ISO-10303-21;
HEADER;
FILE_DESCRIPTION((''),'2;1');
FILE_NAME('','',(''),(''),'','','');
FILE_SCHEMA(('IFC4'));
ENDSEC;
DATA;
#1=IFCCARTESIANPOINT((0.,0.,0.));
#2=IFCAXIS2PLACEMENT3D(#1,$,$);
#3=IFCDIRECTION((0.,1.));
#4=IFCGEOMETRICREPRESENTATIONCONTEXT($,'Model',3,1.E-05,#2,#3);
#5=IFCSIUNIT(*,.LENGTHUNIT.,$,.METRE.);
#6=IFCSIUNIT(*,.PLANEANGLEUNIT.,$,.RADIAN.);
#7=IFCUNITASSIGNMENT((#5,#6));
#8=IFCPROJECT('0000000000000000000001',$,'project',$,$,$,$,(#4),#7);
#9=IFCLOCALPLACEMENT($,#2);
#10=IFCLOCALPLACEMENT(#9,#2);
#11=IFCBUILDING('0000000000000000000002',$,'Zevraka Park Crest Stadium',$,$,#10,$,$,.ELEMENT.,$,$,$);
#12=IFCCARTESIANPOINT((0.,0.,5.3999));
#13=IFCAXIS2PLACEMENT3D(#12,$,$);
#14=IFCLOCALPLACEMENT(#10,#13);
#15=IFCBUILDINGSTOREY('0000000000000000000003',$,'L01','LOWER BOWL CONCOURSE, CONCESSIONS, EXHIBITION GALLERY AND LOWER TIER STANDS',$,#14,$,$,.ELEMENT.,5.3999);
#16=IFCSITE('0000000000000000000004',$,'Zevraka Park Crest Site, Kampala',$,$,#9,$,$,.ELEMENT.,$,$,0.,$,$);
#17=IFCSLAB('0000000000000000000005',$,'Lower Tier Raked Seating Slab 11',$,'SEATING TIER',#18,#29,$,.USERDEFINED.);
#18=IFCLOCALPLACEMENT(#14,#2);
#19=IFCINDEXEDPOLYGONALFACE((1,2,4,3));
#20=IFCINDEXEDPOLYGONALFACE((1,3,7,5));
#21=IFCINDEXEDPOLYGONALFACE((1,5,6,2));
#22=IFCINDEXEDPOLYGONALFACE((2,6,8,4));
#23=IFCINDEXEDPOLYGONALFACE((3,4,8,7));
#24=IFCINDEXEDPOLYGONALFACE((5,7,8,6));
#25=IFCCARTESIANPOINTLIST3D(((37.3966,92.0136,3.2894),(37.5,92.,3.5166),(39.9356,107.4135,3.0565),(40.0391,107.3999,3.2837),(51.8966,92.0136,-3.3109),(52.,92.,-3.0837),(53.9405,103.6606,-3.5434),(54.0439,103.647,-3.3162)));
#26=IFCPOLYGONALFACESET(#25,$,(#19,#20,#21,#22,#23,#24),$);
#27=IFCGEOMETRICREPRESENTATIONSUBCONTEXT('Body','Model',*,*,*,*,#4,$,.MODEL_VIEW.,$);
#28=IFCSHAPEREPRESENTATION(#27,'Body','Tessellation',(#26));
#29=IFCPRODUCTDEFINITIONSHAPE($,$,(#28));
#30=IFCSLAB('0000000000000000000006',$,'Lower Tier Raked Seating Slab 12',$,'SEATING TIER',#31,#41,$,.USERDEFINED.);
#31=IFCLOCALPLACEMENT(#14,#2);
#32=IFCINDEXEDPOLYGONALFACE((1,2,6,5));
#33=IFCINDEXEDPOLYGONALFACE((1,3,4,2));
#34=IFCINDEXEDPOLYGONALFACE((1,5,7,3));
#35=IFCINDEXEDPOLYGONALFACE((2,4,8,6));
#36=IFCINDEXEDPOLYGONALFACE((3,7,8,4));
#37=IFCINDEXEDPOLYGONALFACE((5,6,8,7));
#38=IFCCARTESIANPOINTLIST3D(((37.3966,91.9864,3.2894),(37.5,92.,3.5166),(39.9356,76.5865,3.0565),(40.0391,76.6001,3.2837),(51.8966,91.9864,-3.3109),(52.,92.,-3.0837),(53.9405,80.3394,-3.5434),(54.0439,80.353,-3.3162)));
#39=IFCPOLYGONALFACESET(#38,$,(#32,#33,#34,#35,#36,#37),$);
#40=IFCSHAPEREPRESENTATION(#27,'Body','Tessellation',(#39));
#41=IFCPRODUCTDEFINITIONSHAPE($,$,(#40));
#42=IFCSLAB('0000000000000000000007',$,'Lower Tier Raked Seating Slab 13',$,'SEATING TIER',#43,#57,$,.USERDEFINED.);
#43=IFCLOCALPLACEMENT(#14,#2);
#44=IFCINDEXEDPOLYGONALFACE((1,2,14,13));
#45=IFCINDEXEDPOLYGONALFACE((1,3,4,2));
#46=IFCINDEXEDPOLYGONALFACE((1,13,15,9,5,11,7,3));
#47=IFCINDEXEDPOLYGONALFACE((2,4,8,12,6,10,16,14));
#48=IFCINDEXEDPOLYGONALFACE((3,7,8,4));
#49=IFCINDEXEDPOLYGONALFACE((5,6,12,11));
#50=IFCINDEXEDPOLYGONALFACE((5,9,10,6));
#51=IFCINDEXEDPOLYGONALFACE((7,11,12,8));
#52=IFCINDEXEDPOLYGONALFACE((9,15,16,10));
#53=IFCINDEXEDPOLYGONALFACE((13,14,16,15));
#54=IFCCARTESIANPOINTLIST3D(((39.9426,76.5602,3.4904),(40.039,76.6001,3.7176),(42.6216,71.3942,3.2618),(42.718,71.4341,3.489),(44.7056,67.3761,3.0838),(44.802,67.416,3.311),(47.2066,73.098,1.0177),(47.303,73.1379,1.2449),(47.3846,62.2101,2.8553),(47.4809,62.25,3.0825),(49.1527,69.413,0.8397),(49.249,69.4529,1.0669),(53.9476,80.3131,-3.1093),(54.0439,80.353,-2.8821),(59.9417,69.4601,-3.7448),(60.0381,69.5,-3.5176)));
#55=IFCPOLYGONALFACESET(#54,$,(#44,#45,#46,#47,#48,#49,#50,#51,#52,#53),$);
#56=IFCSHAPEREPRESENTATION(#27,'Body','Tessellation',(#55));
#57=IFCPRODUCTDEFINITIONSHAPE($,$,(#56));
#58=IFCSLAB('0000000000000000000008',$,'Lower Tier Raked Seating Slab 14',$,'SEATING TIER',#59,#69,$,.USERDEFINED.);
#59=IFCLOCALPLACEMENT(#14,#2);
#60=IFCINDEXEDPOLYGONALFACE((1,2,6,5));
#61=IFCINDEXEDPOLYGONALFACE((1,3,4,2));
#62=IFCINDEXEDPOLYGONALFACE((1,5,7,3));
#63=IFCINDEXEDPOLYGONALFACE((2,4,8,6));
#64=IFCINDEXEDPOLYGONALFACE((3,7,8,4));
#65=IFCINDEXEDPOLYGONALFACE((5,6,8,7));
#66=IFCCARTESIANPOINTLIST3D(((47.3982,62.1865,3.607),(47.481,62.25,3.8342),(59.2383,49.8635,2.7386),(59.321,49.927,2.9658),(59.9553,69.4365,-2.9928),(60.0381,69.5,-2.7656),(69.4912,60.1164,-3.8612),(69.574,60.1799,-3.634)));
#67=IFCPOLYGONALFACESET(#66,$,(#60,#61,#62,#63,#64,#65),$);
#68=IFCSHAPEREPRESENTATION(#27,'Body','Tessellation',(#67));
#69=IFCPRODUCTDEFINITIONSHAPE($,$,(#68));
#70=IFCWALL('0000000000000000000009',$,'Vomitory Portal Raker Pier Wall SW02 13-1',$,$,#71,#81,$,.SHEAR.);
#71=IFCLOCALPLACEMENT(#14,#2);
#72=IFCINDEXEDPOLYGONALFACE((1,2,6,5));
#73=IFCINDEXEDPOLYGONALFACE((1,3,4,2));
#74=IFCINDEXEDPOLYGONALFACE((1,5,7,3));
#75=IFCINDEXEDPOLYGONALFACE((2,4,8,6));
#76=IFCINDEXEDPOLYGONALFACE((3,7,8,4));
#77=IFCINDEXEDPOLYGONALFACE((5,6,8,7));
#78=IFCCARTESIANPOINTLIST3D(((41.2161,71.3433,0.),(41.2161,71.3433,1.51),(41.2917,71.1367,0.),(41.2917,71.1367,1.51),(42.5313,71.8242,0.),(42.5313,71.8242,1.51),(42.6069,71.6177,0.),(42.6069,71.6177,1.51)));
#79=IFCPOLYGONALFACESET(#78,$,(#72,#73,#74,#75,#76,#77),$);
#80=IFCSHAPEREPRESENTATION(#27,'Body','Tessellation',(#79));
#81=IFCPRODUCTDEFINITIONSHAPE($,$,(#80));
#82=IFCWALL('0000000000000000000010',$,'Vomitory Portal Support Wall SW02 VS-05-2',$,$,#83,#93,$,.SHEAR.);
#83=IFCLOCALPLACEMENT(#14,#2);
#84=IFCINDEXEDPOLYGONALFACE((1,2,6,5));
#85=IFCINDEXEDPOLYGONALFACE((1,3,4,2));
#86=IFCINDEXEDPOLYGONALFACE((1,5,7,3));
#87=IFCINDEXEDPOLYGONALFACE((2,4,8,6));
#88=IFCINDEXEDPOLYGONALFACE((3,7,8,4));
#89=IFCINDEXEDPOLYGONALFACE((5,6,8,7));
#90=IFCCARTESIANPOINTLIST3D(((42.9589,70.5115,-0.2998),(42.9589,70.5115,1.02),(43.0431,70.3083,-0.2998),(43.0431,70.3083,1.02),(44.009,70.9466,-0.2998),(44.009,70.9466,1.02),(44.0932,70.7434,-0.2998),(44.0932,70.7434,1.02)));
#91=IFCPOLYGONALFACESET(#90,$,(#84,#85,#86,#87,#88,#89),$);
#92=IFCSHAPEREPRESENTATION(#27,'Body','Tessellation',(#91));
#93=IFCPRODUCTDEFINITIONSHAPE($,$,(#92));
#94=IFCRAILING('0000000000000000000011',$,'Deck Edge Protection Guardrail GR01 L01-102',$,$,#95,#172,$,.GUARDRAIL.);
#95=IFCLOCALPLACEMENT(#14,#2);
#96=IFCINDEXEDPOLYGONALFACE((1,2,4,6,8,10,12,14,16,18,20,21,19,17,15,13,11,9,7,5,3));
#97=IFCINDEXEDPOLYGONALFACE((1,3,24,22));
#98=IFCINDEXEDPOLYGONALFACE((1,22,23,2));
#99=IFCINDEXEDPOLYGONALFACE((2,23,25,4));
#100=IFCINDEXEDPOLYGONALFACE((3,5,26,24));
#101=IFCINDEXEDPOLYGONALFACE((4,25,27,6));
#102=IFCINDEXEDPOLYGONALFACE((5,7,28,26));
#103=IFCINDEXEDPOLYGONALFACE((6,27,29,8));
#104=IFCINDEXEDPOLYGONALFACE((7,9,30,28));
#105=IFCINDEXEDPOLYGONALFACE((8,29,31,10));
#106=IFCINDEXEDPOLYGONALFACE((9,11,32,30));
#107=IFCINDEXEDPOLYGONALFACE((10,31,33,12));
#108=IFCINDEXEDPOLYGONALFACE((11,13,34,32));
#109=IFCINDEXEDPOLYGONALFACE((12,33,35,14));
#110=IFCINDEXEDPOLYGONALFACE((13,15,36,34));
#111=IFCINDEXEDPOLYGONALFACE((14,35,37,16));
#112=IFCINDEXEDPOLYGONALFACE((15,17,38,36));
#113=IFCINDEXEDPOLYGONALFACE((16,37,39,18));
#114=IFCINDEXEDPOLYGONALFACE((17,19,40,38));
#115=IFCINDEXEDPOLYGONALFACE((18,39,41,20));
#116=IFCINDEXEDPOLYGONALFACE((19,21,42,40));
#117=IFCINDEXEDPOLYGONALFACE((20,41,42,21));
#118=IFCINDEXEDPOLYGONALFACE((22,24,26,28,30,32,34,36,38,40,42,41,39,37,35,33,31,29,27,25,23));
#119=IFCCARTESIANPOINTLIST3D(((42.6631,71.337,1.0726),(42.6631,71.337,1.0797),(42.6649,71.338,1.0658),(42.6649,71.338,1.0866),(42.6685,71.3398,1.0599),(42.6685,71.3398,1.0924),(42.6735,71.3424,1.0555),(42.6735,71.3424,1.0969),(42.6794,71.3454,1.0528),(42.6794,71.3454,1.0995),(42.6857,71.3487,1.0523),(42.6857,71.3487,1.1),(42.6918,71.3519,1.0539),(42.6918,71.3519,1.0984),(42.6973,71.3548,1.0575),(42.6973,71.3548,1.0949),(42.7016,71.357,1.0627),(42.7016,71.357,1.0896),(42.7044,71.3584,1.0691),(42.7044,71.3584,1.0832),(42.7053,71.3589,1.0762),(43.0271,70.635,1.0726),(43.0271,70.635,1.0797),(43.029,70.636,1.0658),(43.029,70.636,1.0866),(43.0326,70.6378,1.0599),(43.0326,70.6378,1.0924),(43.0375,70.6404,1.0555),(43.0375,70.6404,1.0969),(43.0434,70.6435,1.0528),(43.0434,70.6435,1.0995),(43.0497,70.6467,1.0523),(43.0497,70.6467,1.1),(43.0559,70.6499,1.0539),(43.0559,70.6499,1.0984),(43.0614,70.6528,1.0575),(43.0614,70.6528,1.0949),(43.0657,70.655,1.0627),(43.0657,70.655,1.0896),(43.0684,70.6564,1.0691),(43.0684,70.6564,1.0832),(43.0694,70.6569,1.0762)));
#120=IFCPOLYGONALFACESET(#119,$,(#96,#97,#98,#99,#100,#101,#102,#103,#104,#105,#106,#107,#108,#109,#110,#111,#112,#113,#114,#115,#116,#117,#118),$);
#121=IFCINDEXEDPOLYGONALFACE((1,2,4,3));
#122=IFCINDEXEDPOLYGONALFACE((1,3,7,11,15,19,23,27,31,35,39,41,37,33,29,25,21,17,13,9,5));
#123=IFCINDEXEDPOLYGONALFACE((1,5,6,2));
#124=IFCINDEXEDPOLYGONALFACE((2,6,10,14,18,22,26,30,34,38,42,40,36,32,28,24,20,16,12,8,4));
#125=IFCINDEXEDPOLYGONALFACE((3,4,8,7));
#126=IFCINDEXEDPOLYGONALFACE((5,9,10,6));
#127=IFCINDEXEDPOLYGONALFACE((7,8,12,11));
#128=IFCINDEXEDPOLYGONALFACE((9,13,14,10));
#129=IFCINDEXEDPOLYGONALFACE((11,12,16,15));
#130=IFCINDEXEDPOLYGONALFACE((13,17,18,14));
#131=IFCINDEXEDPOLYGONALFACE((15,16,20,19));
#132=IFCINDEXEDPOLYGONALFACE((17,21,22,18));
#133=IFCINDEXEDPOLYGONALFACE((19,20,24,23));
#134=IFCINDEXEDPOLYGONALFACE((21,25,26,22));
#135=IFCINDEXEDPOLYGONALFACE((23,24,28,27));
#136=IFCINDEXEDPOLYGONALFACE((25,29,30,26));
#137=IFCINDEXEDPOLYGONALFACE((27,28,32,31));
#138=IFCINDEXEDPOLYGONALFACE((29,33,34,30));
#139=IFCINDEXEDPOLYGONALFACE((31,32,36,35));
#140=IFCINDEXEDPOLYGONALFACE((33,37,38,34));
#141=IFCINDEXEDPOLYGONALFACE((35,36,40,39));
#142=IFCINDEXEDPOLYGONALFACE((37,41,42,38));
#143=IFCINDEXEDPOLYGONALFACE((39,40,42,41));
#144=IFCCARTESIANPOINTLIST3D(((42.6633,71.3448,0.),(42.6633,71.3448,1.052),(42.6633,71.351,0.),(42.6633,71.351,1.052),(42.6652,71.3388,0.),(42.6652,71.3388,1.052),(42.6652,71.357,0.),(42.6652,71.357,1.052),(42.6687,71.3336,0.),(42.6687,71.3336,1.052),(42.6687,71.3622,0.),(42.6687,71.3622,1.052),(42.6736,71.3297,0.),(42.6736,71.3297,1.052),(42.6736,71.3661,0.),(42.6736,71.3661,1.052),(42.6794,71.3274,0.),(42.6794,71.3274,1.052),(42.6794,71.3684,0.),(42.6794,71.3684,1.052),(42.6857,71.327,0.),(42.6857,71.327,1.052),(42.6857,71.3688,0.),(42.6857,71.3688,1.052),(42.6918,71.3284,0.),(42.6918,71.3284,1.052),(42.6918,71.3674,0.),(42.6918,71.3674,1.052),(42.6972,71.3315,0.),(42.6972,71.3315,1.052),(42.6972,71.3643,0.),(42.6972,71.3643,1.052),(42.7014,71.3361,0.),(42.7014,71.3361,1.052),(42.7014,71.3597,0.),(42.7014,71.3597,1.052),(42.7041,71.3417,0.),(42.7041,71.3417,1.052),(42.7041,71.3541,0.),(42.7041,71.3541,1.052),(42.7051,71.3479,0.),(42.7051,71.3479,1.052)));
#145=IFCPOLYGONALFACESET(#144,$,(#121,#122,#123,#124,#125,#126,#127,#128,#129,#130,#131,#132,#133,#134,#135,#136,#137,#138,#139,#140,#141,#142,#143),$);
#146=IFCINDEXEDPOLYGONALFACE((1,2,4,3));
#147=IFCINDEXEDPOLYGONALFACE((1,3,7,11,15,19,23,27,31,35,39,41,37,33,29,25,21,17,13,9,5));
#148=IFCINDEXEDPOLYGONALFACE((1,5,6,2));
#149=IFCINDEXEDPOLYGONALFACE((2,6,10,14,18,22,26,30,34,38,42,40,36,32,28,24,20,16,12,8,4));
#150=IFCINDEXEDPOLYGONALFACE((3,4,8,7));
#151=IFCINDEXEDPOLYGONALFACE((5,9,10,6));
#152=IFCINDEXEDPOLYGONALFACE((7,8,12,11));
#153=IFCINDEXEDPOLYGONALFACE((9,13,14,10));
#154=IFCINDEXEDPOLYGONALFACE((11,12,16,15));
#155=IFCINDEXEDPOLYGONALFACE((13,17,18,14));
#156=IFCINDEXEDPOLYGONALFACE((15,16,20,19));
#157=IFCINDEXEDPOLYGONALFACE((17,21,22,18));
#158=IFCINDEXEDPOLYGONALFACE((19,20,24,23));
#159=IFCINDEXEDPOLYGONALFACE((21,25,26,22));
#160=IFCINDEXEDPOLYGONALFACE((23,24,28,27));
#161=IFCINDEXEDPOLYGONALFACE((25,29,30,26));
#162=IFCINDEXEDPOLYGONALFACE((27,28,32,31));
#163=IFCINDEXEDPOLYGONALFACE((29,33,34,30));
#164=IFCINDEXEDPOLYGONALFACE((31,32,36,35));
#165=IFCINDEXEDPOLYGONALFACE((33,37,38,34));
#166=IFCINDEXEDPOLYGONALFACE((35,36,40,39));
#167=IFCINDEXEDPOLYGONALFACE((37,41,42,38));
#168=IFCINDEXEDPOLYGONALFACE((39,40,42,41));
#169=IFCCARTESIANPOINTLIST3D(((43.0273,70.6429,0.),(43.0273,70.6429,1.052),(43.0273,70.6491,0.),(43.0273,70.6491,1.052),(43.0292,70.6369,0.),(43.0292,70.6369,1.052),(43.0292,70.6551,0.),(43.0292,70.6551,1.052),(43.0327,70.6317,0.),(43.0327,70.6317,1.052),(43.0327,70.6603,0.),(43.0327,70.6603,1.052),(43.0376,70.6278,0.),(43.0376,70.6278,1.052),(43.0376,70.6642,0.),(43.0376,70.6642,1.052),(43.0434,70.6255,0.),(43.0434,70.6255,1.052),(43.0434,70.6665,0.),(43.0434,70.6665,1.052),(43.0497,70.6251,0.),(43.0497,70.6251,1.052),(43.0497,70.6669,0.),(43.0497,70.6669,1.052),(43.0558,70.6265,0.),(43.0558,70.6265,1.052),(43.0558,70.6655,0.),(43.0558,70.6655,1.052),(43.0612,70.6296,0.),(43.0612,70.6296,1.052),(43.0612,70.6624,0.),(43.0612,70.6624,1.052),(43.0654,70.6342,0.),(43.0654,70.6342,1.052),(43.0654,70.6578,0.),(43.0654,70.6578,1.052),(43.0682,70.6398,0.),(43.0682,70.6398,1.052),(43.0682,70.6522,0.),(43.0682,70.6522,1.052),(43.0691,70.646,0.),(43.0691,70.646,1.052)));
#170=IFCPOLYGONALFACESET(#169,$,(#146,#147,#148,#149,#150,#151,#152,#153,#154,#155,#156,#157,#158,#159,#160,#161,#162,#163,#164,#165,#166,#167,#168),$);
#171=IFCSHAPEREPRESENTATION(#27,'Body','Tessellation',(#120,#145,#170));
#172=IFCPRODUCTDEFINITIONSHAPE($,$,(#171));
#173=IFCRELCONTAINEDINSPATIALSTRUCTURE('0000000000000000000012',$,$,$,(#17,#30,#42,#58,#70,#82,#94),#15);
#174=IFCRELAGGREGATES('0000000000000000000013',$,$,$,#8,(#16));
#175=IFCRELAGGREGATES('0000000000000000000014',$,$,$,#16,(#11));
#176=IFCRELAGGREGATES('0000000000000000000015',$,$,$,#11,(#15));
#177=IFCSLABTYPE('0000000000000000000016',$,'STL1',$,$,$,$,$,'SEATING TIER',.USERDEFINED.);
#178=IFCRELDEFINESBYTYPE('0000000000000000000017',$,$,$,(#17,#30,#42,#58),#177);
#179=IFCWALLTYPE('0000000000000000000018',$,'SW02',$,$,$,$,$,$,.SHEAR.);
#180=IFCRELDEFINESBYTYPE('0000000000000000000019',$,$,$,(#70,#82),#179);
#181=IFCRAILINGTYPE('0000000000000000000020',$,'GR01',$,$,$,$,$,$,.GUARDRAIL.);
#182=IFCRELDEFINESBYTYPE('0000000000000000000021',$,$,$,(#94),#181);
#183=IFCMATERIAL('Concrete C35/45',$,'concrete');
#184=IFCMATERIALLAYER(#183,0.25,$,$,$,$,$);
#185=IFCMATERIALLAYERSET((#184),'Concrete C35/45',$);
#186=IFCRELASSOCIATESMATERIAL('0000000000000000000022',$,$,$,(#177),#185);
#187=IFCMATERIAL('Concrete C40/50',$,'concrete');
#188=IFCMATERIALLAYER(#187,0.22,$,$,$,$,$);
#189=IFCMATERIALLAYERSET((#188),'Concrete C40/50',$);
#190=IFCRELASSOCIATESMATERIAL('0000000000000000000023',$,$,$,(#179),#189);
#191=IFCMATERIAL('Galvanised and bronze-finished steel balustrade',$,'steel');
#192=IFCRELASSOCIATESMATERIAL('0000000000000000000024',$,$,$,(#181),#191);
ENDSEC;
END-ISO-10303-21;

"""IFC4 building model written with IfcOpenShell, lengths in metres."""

from ifc_helpers import new_model, si_unit, direction, frame, frame_2d, origin, origin_2d, place, context, subcontext, project, spatial, polyline, rectangle, circle, outline, extrude, material, layer, layer_set, type_object, element, save


model = new_model("IFC4")

# Units and contexts
model_context = context("Model", 3, precision=1e-05, world=origin(), true_north=direction((0.0, 1.0)))
body_context = subcontext(model_context, "Body", "Model", "MODEL_VIEW")
ifc_project = project(units=[si_unit("LENGTHUNIT", "METRE"), si_unit("PLANEANGLEUNIT", "RADIAN")], contexts=[model_context])

# Site, building, storey
site_placement = place(None, origin())
site = spatial("IfcSite", under=ifc_project, at=site_placement, Name="Zevraka Park Crest Site, Kampala", CompositionType="ELEMENT", RefElevation=0.0)
building_placement = place(site_placement, origin())
building = spatial("IfcBuilding", under=site, at=building_placement, Name="Zevraka Park Crest Stadium", CompositionType="ELEMENT")
storey_placement = place(building_placement, frame((0.0, 0.0, 5.3999)))
storey = spatial("IfcBuildingStorey", under=building, at=storey_placement, Name="L01", Description="LOWER BOWL CONCOURSE, CONCESSIONS, EXHIBITION GALLERY AND LOWER TIER STANDS", CompositionType="ELEMENT", Elevation=5.3999)

# Slabs
ifc_material_1 = material(Name="Concrete C35/45", Category="concrete")
ifc_layer_1 = layer(ifc_material_1, 0.25)
ifc_layer_set_1 = layer_set([ifc_layer_1], Name="Concrete C35/45")
slab_type = type_object("IfcSlabType", Name="STL1", ElementType="SEATING TIER", PredefinedType="USERDEFINED", material=ifc_layer_set_1)
slab_1_placement = place(storey_placement, frame((54.0439, 103.647, -3.3162), z_axis=(0.413678, -0.054461, 0.908793), x_axis=(-0.172816, -0.984758, 0.019652)))
element("IfcSlab", 1, at=slab_1_placement, inside=storey, type_object=slab_type, Name="Lower Tier Raked Seating Slab 11", ObjectType="SEATING TIER", PredefinedType="USERDEFINED", context=body_context, shape_type="SweptSolid", body=[
    extrude(outline(polyline([(0.0, 0.0), (11.8272, 0.0), (14.4628, -15.712), (-1.1458, -15.8892), (0.0, 0.0)])), origin(), (0.0, 0.0, -1.0), 0.25),
])
slab_2_placement = place(storey_placement, frame((52.0, 92.0, -3.0837), z_axis=(0.413678, 0.054461, 0.908793), x_axis=(0.172816, -0.984758, -0.019652)))
element("IfcSlab", 2, at=slab_2_placement, inside=storey, type_object=slab_type, Name="Lower Tier Raked Seating Slab 12", ObjectType="SEATING TIER", PredefinedType="USERDEFINED", context=body_context, shape_type="SweptSolid", body=[
    extrude(outline(polyline([(0.0, 0.0), (11.8272, 0.0), (12.973, -15.8892), (-2.6355, -15.712), (0.0, 0.0)])), origin(), (0.0, 0.0, -1.0), 0.25),
])
slab_3_placement = place(storey_placement, frame((54.0439, 80.353, -2.8821), z_axis=(0.385474, 0.159679, 0.908797), x_axis=(0.482829, -0.874217, -0.051193)))
element("IfcSlab", 3, at=slab_3_placement, inside=storey, type_object=slab_type, Name="Lower Tier Raked Seating Slab 13", ObjectType="SEATING TIER", PredefinedType="USERDEFINED", context=body_context, shape_type="SweptSolid", body=[
    extrude(outline(polyline([(0.0, 0.0), (12.4146, 0.0), (12.3518, -15.9311), (6.5304, -15.7635), (7.0118, -10.4035), (2.8415, -10.3177), (2.0024, -15.6335), (-3.819, -15.4659), (0.0, 0.0)])), origin(), (0.0, 0.0, -1.0), 0.25),
])
slab_4_placement = place(storey_placement, frame((60.0381, 69.5, -2.7656), z_axis=(0.331008, 0.253993, 0.908802), x_axis=(0.713641, -0.69749, -0.06499)))
element("IfcSlab", 4, at=slab_4_placement, inside=storey, type_object=slab_type, Name="Lower Tier Raked Seating Slab 14", ObjectType="SEATING TIER", PredefinedType="USERDEFINED", context=body_context, shape_type="SweptSolid", body=[
    extrude(outline(polyline([(0.0, 0.0), (13.3623, 0.0), (12.7678, -15.9201), (-4.3334, -15.3305), (0.0, 0.0)])), origin(), (0.0, 0.0, -1.0), 0.25),
])

# Walls
ifc_material_2 = material(Name="Concrete C40/50", Category="concrete")
ifc_layer_2 = layer(ifc_material_2, 0.22)
ifc_layer_set_2 = layer_set([ifc_layer_2], Name="Concrete C40/50")
wall_type = type_object("IfcWallType", Name="SW02", PredefinedType="SHEAR", material=ifc_layer_set_2)
wall_1_placement = place(storey_placement, frame((42.5691, 71.7209, 0.0), z_axis=(0.0, 0.0, 1.0), x_axis=(-0.939171, -0.34345, 0.0)))
element("IfcWall", 5, at=wall_1_placement, inside=storey, type_object=wall_type, Name="Vomitory Portal Raker Pier Wall SW02 13-1", PredefinedType="SHEAR", context=body_context, shape_type="SweptSolid", body=[
    extrude(rectangle(XDim=1.4004, YDim=0.22, at=frame_2d((0.7002, 0.0))), origin(), (0.0, 0.0, 1.0), 1.51),
])
wall_2_placement = place(storey_placement, frame((43.001, 70.4099, -0.2998), z_axis=(0.0, 0.0, 1.0), x_axis=(0.923844, 0.382769, 0.0)))
element("IfcWall", 6, at=wall_2_placement, inside=storey, type_object=wall_type, Name="Vomitory Portal Support Wall SW02 VS-05-2", PredefinedType="SHEAR", context=body_context, shape_type="SweptSolid", body=[
    extrude(rectangle(XDim=1.1367, YDim=0.22, at=frame_2d((0.5684, 0.0))), origin(), (0.0, 0.0, 1.0), 1.3198),
])

# Railing
ifc_material_3 = material(Name="Galvanised and bronze-finished steel balustrade", Category="steel")
railing_type_1 = type_object("IfcRailingType", Name="GR01", PredefinedType="GUARDRAIL", material=ifc_material_3)
railing_1_placement = place(storey_placement, frame((42.6841, 71.3479, 0.0)))
element("IfcRailing", 7, at=railing_1_placement, inside=storey, type_object=railing_type_1, Name="Deck Edge Protection Guardrail GR01 L01-102", PredefinedType="GUARDRAIL", context=body_context, shape_type="SweptSolid", body=[
    extrude(circle(Radius=0.0239, at=origin_2d()), frame((0.0, 0.0, 1.0762), z_axis=(0.46038, -0.887722, 0.0), x_axis=(0.887722, 0.46038, 0.0)), (0.0, 0.0, 1.0), 0.7908),
    extrude(circle(Radius=0.021, at=origin_2d()), origin(), (0.0, 0.0, 1.0), 1.052),
    extrude(circle(Radius=0.021, at=origin_2d()), frame((0.364, -0.7019, 0.0)), (0.0, 0.0, 1.0), 1.052),
])

save(model, "model.ifc")
